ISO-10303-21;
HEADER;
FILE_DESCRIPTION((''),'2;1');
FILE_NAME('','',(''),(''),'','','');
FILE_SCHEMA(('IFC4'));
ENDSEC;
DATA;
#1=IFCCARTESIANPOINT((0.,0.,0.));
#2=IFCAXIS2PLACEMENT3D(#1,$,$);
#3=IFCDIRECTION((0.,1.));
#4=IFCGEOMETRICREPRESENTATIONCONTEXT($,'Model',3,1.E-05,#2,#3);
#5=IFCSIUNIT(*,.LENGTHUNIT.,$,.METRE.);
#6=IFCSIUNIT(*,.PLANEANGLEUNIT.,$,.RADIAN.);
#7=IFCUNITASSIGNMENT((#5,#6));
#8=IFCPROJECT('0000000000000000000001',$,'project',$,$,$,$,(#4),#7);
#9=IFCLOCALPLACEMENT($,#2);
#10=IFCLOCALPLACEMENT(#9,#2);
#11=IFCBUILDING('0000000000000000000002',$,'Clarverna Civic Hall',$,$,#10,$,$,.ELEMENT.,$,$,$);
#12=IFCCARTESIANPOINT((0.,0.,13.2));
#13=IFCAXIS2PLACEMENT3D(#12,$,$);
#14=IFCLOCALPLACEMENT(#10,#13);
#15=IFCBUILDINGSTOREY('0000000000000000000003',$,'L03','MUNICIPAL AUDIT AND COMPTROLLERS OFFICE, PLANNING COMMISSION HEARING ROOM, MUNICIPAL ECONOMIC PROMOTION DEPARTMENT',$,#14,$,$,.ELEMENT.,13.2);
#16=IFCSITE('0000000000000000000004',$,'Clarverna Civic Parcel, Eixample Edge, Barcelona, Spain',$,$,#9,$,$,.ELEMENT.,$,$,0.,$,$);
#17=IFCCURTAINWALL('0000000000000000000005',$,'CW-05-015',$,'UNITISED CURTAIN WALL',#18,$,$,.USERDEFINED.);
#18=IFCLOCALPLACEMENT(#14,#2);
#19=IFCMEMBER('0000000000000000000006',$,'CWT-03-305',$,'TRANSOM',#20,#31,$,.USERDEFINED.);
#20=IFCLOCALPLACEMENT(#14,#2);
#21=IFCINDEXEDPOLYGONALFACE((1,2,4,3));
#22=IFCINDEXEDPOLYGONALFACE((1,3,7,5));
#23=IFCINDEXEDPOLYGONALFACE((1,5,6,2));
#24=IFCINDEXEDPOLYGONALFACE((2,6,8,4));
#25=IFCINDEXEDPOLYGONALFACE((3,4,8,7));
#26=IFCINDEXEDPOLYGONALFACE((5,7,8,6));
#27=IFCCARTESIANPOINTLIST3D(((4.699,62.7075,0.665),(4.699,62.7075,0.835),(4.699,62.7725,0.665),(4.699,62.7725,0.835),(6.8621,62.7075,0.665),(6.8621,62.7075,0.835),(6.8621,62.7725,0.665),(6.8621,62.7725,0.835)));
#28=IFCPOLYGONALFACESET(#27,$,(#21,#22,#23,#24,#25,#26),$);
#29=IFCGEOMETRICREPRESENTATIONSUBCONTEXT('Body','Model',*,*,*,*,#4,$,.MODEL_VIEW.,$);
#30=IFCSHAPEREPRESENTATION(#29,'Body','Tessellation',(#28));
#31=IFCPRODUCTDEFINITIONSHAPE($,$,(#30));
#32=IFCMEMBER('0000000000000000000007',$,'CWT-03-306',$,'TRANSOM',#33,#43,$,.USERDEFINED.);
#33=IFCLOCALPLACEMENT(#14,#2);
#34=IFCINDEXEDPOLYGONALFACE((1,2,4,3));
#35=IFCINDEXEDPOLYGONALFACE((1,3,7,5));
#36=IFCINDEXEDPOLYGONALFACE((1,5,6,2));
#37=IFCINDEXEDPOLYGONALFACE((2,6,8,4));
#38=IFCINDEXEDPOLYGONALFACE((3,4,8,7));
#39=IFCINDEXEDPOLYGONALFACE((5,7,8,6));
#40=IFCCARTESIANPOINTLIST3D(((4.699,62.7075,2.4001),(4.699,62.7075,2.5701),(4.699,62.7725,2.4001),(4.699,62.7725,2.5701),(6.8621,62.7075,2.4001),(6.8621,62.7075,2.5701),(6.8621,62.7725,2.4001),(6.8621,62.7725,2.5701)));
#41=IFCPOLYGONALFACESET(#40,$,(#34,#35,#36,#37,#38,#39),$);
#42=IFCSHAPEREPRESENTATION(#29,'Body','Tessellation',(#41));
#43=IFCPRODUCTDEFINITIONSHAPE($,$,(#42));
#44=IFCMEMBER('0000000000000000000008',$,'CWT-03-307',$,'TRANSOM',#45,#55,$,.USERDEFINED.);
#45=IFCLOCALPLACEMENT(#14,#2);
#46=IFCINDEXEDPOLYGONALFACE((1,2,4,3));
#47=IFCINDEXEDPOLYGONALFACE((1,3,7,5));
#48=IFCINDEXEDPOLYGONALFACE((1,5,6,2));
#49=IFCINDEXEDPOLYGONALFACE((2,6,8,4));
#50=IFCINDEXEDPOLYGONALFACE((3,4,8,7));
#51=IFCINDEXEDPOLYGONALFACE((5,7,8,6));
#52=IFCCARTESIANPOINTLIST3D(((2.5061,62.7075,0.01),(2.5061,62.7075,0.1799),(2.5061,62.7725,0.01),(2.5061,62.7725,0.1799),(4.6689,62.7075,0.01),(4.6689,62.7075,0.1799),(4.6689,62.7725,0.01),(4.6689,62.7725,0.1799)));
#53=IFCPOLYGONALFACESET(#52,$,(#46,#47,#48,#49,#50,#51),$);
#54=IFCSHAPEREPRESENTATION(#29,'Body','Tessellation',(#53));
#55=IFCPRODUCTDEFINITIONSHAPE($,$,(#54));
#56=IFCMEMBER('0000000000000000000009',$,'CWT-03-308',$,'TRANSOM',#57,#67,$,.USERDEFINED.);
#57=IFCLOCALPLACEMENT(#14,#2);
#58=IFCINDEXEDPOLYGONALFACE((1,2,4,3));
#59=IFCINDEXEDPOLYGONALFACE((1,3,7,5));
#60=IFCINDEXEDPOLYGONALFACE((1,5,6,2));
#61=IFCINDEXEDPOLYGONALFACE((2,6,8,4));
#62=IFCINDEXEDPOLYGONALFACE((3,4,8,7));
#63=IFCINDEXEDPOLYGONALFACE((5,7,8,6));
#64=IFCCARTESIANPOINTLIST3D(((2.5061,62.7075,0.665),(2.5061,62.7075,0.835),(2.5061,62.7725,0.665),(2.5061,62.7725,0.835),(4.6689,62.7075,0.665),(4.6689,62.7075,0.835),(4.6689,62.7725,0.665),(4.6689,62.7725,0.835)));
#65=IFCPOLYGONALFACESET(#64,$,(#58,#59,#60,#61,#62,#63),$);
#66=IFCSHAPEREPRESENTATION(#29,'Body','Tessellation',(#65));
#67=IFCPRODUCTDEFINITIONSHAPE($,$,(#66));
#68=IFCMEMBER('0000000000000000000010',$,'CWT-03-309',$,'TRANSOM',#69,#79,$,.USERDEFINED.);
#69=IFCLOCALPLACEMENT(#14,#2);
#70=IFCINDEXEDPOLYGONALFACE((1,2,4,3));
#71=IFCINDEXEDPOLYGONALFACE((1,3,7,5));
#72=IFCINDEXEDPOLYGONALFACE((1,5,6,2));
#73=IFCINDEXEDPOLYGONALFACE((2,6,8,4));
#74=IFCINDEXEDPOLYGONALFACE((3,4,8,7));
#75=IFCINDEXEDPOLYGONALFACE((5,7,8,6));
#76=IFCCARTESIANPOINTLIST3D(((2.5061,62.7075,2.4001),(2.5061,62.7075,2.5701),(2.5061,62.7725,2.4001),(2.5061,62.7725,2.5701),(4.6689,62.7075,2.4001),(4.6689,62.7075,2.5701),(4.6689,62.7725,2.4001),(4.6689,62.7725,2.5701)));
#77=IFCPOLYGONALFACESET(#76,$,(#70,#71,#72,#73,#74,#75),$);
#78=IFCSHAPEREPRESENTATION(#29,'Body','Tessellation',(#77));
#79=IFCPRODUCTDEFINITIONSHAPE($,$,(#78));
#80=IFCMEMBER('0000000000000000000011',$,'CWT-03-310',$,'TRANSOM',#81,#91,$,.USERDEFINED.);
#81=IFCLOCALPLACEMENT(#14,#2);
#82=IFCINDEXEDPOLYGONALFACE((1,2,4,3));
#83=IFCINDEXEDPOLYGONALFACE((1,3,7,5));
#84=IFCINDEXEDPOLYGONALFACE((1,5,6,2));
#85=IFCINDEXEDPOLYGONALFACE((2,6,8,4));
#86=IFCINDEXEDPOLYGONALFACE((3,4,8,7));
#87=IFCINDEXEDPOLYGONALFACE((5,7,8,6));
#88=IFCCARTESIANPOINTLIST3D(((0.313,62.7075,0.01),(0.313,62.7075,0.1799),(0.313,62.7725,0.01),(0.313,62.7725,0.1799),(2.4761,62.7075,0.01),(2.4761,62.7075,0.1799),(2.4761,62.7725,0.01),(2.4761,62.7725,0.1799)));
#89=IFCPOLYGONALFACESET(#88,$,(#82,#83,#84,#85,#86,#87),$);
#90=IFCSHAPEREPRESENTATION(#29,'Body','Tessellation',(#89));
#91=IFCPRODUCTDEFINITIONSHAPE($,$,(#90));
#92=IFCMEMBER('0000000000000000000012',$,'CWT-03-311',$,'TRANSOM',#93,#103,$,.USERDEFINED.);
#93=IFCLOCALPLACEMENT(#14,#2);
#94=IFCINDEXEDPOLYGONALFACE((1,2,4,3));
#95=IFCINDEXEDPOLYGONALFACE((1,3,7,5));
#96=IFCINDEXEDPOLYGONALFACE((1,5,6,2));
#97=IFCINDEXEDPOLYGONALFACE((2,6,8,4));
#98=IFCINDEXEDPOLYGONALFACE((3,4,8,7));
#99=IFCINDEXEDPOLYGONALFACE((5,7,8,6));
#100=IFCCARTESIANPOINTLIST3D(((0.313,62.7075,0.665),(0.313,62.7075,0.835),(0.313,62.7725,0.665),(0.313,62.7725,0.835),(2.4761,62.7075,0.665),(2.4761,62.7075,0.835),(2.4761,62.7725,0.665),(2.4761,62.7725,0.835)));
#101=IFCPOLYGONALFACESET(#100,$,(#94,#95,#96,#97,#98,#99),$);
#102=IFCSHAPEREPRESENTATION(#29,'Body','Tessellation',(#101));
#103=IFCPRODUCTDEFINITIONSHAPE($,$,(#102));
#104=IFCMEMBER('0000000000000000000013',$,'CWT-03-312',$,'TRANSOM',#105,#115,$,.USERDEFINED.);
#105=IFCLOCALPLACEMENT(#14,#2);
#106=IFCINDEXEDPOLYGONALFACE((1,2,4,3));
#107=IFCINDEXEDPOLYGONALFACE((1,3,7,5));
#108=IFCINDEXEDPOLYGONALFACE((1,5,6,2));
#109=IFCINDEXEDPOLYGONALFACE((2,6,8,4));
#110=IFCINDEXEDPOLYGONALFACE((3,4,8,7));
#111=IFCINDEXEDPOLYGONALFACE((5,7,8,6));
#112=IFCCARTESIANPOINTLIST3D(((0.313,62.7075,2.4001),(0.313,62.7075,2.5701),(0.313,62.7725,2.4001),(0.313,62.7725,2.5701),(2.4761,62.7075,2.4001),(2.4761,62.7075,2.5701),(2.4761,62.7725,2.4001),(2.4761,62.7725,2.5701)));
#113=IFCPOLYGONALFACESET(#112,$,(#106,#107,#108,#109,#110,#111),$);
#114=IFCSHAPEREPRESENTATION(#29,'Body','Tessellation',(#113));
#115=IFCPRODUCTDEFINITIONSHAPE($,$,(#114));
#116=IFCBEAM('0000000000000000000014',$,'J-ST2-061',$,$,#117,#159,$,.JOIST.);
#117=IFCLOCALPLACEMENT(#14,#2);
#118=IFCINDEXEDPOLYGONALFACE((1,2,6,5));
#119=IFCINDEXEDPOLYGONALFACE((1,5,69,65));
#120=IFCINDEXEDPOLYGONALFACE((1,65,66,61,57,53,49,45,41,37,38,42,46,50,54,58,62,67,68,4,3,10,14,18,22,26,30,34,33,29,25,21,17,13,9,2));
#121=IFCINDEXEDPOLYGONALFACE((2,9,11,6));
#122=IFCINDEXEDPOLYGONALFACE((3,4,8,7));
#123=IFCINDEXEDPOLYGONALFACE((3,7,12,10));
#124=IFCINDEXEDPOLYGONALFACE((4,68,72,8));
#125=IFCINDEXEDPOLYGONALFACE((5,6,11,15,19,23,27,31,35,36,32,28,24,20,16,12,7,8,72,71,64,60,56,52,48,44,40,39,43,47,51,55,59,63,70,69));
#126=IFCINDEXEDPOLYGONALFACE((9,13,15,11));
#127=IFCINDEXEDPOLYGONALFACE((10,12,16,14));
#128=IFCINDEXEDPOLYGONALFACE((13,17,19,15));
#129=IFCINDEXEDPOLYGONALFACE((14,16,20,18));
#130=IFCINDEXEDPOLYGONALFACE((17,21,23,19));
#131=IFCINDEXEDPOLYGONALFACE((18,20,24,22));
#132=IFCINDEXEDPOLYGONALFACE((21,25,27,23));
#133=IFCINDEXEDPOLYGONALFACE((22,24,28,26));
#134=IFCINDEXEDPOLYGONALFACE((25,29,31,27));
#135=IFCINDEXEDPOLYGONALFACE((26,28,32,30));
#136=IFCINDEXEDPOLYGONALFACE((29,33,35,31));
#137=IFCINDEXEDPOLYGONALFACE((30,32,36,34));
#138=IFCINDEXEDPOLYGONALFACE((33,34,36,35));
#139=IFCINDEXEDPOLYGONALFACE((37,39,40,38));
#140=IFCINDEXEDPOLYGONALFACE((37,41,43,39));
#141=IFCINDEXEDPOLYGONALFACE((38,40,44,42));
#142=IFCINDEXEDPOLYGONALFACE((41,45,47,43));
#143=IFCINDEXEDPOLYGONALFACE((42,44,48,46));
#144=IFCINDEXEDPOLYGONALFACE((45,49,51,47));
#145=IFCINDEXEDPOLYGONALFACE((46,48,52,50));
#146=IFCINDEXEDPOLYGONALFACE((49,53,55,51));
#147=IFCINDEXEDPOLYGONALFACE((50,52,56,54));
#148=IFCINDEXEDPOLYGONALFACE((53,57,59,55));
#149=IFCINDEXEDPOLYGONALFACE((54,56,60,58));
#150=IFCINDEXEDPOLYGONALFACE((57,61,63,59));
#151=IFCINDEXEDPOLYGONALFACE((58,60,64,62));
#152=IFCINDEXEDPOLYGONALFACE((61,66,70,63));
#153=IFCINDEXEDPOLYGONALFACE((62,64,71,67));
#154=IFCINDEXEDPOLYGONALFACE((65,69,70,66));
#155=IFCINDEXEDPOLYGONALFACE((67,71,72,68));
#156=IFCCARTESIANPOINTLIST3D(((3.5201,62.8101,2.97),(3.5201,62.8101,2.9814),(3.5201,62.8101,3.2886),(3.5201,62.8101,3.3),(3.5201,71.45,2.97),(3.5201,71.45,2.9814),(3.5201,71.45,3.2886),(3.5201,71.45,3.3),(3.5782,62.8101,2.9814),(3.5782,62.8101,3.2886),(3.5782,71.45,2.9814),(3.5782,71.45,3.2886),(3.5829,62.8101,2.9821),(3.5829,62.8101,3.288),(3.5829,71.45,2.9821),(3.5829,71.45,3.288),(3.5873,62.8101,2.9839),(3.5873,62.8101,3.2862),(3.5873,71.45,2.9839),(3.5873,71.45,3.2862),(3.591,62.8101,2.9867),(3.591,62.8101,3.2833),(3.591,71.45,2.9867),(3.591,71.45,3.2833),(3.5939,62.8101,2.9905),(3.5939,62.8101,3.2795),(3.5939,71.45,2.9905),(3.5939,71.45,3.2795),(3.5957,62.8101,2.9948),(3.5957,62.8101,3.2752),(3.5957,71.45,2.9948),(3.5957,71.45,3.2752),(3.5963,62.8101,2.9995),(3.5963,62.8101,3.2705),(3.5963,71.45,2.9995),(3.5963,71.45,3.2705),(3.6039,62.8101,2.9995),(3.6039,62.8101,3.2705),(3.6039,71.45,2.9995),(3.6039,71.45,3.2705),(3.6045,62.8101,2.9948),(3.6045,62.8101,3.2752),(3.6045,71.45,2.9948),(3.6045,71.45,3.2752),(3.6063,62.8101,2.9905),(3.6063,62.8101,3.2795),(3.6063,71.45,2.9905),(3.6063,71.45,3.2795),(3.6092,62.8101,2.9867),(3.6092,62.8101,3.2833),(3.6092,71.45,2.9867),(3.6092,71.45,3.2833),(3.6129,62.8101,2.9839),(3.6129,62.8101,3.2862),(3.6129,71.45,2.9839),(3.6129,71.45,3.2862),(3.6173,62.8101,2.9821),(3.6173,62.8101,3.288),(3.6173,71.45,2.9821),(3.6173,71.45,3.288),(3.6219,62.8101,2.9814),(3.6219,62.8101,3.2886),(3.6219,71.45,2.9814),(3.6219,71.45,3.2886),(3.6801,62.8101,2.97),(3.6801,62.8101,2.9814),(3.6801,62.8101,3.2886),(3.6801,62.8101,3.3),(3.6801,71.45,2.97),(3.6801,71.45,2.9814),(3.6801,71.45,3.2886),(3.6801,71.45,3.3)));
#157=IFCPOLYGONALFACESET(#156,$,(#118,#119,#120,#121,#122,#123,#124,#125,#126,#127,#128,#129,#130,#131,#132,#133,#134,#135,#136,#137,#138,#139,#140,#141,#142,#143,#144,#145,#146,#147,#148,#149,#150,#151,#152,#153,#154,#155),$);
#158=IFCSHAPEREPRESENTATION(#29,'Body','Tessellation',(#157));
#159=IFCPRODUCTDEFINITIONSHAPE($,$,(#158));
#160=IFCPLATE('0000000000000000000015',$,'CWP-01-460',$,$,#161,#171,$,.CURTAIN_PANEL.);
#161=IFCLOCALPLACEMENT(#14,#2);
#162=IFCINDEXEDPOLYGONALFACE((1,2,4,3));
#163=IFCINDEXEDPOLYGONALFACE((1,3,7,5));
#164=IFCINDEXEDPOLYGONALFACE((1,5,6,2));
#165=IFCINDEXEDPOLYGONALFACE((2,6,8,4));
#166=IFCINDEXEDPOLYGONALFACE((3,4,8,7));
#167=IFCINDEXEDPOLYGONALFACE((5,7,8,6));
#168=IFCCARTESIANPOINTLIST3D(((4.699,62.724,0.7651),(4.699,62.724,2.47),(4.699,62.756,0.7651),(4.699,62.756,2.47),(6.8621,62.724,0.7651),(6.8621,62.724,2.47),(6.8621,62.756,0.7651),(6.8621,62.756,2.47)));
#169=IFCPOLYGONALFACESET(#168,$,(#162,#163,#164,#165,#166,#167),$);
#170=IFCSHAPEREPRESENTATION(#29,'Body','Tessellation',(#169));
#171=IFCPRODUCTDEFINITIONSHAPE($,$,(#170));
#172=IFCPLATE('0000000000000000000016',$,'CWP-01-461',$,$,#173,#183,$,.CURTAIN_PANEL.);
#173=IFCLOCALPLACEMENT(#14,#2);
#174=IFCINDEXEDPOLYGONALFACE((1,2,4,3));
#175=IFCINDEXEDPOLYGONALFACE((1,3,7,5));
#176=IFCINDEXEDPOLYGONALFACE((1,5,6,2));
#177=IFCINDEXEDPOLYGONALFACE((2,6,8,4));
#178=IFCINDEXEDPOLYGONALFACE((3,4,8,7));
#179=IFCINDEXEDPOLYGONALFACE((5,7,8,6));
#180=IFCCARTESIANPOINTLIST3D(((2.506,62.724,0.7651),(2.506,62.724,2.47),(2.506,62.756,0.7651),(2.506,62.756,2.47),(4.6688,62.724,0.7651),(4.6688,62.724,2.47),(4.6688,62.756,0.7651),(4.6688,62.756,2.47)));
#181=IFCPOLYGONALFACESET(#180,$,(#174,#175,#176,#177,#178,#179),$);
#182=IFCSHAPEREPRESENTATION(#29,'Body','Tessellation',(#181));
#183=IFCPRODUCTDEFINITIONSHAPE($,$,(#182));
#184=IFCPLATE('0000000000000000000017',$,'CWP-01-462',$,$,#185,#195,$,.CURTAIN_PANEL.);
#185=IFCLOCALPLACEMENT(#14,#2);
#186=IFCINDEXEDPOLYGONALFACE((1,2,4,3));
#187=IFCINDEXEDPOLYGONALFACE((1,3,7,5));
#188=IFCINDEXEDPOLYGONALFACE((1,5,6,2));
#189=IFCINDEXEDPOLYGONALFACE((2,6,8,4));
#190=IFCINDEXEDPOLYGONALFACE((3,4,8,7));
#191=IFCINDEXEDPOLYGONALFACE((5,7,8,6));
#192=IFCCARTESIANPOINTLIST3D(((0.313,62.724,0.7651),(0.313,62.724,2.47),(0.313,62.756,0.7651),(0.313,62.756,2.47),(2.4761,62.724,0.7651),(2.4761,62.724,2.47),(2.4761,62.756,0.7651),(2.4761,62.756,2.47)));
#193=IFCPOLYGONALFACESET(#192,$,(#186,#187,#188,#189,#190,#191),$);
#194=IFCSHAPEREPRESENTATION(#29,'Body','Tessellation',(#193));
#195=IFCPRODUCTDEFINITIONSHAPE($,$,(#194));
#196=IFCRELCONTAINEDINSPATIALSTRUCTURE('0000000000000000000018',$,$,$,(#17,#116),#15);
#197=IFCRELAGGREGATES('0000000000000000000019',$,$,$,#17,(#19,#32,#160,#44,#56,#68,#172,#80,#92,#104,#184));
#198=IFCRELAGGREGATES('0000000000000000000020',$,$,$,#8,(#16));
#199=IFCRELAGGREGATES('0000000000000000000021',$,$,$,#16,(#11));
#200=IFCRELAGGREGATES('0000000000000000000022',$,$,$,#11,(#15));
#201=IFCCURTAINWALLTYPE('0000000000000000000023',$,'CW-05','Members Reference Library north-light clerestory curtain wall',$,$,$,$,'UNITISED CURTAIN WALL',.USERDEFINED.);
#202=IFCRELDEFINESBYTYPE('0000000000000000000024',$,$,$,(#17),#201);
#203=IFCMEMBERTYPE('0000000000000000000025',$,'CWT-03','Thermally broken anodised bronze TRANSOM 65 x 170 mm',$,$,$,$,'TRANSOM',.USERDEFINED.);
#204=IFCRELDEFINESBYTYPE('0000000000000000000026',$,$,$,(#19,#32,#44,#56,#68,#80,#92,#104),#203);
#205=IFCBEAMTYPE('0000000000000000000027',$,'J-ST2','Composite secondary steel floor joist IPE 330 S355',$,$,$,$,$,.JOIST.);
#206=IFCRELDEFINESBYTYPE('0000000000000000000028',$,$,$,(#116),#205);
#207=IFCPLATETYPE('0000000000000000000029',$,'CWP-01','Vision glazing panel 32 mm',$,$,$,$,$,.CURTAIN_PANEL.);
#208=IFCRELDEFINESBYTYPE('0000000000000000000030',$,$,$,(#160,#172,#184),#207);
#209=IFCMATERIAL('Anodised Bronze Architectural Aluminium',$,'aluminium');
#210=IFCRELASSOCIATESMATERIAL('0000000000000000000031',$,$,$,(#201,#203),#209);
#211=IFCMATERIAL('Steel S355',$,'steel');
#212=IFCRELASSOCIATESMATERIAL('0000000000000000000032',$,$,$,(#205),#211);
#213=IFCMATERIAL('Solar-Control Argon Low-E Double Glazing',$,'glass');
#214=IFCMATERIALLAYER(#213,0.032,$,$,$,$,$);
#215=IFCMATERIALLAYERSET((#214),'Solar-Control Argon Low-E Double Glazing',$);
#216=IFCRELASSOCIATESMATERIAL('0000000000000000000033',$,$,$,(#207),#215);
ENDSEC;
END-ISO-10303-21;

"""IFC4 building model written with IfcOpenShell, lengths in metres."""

from ifc_helpers import new_model, si_unit, direction, frame, frame_2d, origin, origin_2d, place, context, subcontext, project, spatial, rectangle, i_section, extrude, material, layer, layer_set, material_profile, profile_set, type_object, element, aggregate, save


model = new_model("IFC4")

# Units and contexts
model_context = context("Model", 3, precision=1e-05, world=origin(), true_north=direction((0.0, 1.0)))
body_context = subcontext(model_context, "Body", "Model", "MODEL_VIEW")
ifc_project = project(units=[si_unit("LENGTHUNIT", "METRE"), si_unit("PLANEANGLEUNIT", "RADIAN")], contexts=[model_context])

# Site, building, storey
site_placement = place(None, origin())
site = spatial("IfcSite", under=ifc_project, at=site_placement, Name="Clarverna Civic Parcel, Eixample Edge, Barcelona, Spain", CompositionType="ELEMENT", RefElevation=0.0)
building_placement = place(site_placement, origin())
building = spatial("IfcBuilding", under=site, at=building_placement, Name="Clarverna Civic Hall", CompositionType="ELEMENT")
storey_placement = place(building_placement, frame((0.0, 0.0, 13.2)))
storey = spatial("IfcBuildingStorey", under=building, at=storey_placement, Name="L03", Description="MUNICIPAL AUDIT AND COMPTROLLERS OFFICE, PLANNING COMMISSION HEARING ROOM, MUNICIPAL ECONOMIC PROMOTION DEPARTMENT", CompositionType="ELEMENT", Elevation=13.2)

# Shared definitions
ifc_material_1 = material(Name="Steel S355", Category="steel")

# Curtain wall, members
ifc_material_2 = material(Name="Anodised Bronze Architectural Aluminium", Category="aluminium")
curtain_wall_type = type_object("IfcCurtainWallType", Name="CW-05", Description="Members Reference Library north-light clerestory curtain wall", ElementType="UNITISED CURTAIN WALL", PredefinedType="USERDEFINED", material=ifc_material_2)
curtain_wall_placement = place(storey_placement, origin())
curtain_wall = element("IfcCurtainWall", 1, at=curtain_wall_placement, inside=storey, type_object=curtain_wall_type, Name="CW-05-015", ObjectType="UNITISED CURTAIN WALL", PredefinedType="USERDEFINED")
ifc_material_profile_1 = material_profile(ifc_material_2, rectangle(XDim=0.0649, YDim=0.1699, at=origin_2d()), Name="BRONZE 65x170")
ifc_profile_set_1 = profile_set([ifc_material_profile_1], Name="Anodised Bronze Architectural Aluminium")
member_type_1 = type_object("IfcMemberType", Name="CWT-03", Description="Thermally broken anodised bronze TRANSOM 65 x 170 mm", ElementType="TRANSOM", PredefinedType="USERDEFINED", material=ifc_profile_set_1)
member_1_placement = place(storey_placement, frame((6.8621, 62.74, 0.75), z_axis=(-1.0, 0.0, 0.0), x_axis=(0.0, -1.0, 0.0)))
member_1 = element("IfcMember", 2, at=member_1_placement, type_object=member_type_1, Name="CWT-03-305", ObjectType="TRANSOM", PredefinedType="USERDEFINED", context=body_context, shape_type="SweptSolid", body=[
    extrude(rectangle(XDim=0.0649, YDim=0.1699, at=origin_2d()), origin(), (0.0, 0.0, 1.0), 2.1631),
])
member_2_placement = place(storey_placement, frame((6.8621, 62.74, 2.4851), z_axis=(-1.0, 0.0, 0.0), x_axis=(0.0, -1.0, 0.0)))
member_2 = element("IfcMember", 3, at=member_2_placement, type_object=member_type_1, Name="CWT-03-306", ObjectType="TRANSOM", PredefinedType="USERDEFINED", context=body_context, shape_type="SweptSolid", body=[
    extrude(rectangle(XDim=0.0649, YDim=0.1699, at=origin_2d()), origin(), (0.0, 0.0, 1.0), 2.1631),
])
member_3_placement = place(storey_placement, frame((4.6689, 62.74, 0.095), z_axis=(-1.0, 0.0, 0.0), x_axis=(0.0, -1.0, 0.0)))
member_3 = element("IfcMember", 4, at=member_3_placement, type_object=member_type_1, Name="CWT-03-307", ObjectType="TRANSOM", PredefinedType="USERDEFINED", context=body_context, shape_type="SweptSolid", body=[
    extrude(rectangle(XDim=0.0649, YDim=0.1699, at=origin_2d()), origin(), (0.0, 0.0, 1.0), 2.1628),
])
member_4_placement = place(storey_placement, frame((4.6689, 62.74, 0.75), z_axis=(-1.0, 0.0, 0.0), x_axis=(0.0, -1.0, 0.0)))
member_4 = element("IfcMember", 5, at=member_4_placement, type_object=member_type_1, Name="CWT-03-308", ObjectType="TRANSOM", PredefinedType="USERDEFINED", context=body_context, shape_type="SweptSolid", body=[
    extrude(rectangle(XDim=0.0649, YDim=0.1699, at=origin_2d()), origin(), (0.0, 0.0, 1.0), 2.1628),
])
member_5_placement = place(storey_placement, frame((4.6689, 62.74, 2.4851), z_axis=(-1.0, 0.0, 0.0), x_axis=(0.0, -1.0, 0.0)))
member_5 = element("IfcMember", 6, at=member_5_placement, type_object=member_type_1, Name="CWT-03-309", ObjectType="TRANSOM", PredefinedType="USERDEFINED", context=body_context, shape_type="SweptSolid", body=[
    extrude(rectangle(XDim=0.0649, YDim=0.1699, at=origin_2d()), origin(), (0.0, 0.0, 1.0), 2.1628),
])
member_6_placement = place(storey_placement, frame((2.4761, 62.74, 0.095), z_axis=(-1.0, 0.0, 0.0), x_axis=(0.0, -1.0, 0.0)))
member_6 = element("IfcMember", 7, at=member_6_placement, type_object=member_type_1, Name="CWT-03-310", ObjectType="TRANSOM", PredefinedType="USERDEFINED", context=body_context, shape_type="SweptSolid", body=[
    extrude(rectangle(XDim=0.0649, YDim=0.1699, at=origin_2d()), origin(), (0.0, 0.0, 1.0), 2.1631),
])
member_7_placement = place(storey_placement, frame((2.4761, 62.74, 0.75), z_axis=(-1.0, 0.0, 0.0), x_axis=(0.0, -1.0, 0.0)))
member_7 = element("IfcMember", 8, at=member_7_placement, type_object=member_type_1, Name="CWT-03-311", ObjectType="TRANSOM", PredefinedType="USERDEFINED", context=body_context, shape_type="SweptSolid", body=[
    extrude(rectangle(XDim=0.0649, YDim=0.1699, at=origin_2d()), origin(), (0.0, 0.0, 1.0), 2.1631),
])
member_8_placement = place(storey_placement, frame((2.4761, 62.74, 2.4851), z_axis=(-1.0, 0.0, 0.0), x_axis=(0.0, -1.0, 0.0)))
member_8 = element("IfcMember", 9, at=member_8_placement, type_object=member_type_1, Name="CWT-03-312", ObjectType="TRANSOM", PredefinedType="USERDEFINED", context=body_context, shape_type="SweptSolid", body=[
    extrude(rectangle(XDim=0.0649, YDim=0.1699, at=origin_2d()), origin(), (0.0, 0.0, 1.0), 2.1631),
])

# Beam
ifc_material_profile_2 = material_profile(ifc_material_1, i_section(OverallWidth=0.1599, OverallDepth=0.3301, WebThickness=0.0076, FlangeThickness=0.0115, FilletRadius=0.0181, at=origin_2d()), Name="IPE 330")
ifc_profile_set_2 = profile_set([ifc_material_profile_2], Name="Steel S355")
beam_type_1 = type_object("IfcBeamType", Name="J-ST2", Description="Composite secondary steel floor joist IPE 330 S355", PredefinedType="JOIST", material=ifc_profile_set_2)
beam_1_placement = place(storey_placement, frame((3.6001, 62.8101, 3.135), z_axis=(0.0, 1.0, 0.0), x_axis=(-1.0, 0.0, 0.0)))
element("IfcBeam", 10, at=beam_1_placement, inside=storey, type_object=beam_type_1, Name="J-ST2-061", PredefinedType="JOIST", context=body_context, shape_type="SweptSolid", body=[
    extrude(i_section(OverallWidth=0.1599, OverallDepth=0.3301, WebThickness=0.0076, FlangeThickness=0.0115, FilletRadius=0.0181, at=origin_2d()), origin(), (0.0, 0.0, 1.0), 8.6399),
])

# Plates
ifc_material_3 = material(Name="Solar-Control Argon Low-E Double Glazing", Category="glass")
ifc_layer_1 = layer(ifc_material_3, 0.032)
ifc_layer_set_1 = layer_set([ifc_layer_1], Name="Solar-Control Argon Low-E Double Glazing")
plate_type_1 = type_object("IfcPlateType", Name="CWP-01", Description="Vision glazing panel 32 mm", PredefinedType="CURTAIN_PANEL", material=ifc_layer_set_1)
plate_1_placement = place(storey_placement, frame((6.8621, 62.74, 0.7651), z_axis=(0.0, 0.0, 1.0), x_axis=(-1.0, 0.0, 0.0)))
plate_1 = element("IfcPlate", 11, at=plate_1_placement, type_object=plate_type_1, Name="CWP-01-460", PredefinedType="CURTAIN_PANEL", context=body_context, shape_type="SweptSolid", body=[
    extrude(rectangle(XDim=2.1631, YDim=0.032, at=frame_2d((1.0815, 0.0))), origin(), (0.0, 0.0, 1.0), 1.7048),
])
plate_2_placement = place(storey_placement, frame((4.6689, 62.74, 0.7651), z_axis=(0.0, 0.0, 1.0), x_axis=(-1.0, 0.0, 0.0)))
plate_2 = element("IfcPlate", 12, at=plate_2_placement, type_object=plate_type_1, Name="CWP-01-461", PredefinedType="CURTAIN_PANEL", context=body_context, shape_type="SweptSolid", body=[
    extrude(rectangle(XDim=2.1628, YDim=0.032, at=frame_2d((1.0815, 0.0))), origin(), (0.0, 0.0, 1.0), 1.7048),
])
plate_3_placement = place(storey_placement, frame((2.4761, 62.74, 0.7651), z_axis=(0.0, 0.0, 1.0), x_axis=(-1.0, 0.0, 0.0)))
plate_3 = element("IfcPlate", 13, at=plate_3_placement, type_object=plate_type_1, Name="CWP-01-462", PredefinedType="CURTAIN_PANEL", context=body_context, shape_type="SweptSolid", body=[
    extrude(rectangle(XDim=2.1631, YDim=0.032, at=frame_2d((1.0815, 0.0))), origin(), (0.0, 0.0, 1.0), 1.7048),
])
aggregate(curtain_wall, [member_1, member_2, plate_1, member_3, member_4, member_5, plate_2, member_6, member_7, member_8, plate_3])

save(model, "model.ifc")
